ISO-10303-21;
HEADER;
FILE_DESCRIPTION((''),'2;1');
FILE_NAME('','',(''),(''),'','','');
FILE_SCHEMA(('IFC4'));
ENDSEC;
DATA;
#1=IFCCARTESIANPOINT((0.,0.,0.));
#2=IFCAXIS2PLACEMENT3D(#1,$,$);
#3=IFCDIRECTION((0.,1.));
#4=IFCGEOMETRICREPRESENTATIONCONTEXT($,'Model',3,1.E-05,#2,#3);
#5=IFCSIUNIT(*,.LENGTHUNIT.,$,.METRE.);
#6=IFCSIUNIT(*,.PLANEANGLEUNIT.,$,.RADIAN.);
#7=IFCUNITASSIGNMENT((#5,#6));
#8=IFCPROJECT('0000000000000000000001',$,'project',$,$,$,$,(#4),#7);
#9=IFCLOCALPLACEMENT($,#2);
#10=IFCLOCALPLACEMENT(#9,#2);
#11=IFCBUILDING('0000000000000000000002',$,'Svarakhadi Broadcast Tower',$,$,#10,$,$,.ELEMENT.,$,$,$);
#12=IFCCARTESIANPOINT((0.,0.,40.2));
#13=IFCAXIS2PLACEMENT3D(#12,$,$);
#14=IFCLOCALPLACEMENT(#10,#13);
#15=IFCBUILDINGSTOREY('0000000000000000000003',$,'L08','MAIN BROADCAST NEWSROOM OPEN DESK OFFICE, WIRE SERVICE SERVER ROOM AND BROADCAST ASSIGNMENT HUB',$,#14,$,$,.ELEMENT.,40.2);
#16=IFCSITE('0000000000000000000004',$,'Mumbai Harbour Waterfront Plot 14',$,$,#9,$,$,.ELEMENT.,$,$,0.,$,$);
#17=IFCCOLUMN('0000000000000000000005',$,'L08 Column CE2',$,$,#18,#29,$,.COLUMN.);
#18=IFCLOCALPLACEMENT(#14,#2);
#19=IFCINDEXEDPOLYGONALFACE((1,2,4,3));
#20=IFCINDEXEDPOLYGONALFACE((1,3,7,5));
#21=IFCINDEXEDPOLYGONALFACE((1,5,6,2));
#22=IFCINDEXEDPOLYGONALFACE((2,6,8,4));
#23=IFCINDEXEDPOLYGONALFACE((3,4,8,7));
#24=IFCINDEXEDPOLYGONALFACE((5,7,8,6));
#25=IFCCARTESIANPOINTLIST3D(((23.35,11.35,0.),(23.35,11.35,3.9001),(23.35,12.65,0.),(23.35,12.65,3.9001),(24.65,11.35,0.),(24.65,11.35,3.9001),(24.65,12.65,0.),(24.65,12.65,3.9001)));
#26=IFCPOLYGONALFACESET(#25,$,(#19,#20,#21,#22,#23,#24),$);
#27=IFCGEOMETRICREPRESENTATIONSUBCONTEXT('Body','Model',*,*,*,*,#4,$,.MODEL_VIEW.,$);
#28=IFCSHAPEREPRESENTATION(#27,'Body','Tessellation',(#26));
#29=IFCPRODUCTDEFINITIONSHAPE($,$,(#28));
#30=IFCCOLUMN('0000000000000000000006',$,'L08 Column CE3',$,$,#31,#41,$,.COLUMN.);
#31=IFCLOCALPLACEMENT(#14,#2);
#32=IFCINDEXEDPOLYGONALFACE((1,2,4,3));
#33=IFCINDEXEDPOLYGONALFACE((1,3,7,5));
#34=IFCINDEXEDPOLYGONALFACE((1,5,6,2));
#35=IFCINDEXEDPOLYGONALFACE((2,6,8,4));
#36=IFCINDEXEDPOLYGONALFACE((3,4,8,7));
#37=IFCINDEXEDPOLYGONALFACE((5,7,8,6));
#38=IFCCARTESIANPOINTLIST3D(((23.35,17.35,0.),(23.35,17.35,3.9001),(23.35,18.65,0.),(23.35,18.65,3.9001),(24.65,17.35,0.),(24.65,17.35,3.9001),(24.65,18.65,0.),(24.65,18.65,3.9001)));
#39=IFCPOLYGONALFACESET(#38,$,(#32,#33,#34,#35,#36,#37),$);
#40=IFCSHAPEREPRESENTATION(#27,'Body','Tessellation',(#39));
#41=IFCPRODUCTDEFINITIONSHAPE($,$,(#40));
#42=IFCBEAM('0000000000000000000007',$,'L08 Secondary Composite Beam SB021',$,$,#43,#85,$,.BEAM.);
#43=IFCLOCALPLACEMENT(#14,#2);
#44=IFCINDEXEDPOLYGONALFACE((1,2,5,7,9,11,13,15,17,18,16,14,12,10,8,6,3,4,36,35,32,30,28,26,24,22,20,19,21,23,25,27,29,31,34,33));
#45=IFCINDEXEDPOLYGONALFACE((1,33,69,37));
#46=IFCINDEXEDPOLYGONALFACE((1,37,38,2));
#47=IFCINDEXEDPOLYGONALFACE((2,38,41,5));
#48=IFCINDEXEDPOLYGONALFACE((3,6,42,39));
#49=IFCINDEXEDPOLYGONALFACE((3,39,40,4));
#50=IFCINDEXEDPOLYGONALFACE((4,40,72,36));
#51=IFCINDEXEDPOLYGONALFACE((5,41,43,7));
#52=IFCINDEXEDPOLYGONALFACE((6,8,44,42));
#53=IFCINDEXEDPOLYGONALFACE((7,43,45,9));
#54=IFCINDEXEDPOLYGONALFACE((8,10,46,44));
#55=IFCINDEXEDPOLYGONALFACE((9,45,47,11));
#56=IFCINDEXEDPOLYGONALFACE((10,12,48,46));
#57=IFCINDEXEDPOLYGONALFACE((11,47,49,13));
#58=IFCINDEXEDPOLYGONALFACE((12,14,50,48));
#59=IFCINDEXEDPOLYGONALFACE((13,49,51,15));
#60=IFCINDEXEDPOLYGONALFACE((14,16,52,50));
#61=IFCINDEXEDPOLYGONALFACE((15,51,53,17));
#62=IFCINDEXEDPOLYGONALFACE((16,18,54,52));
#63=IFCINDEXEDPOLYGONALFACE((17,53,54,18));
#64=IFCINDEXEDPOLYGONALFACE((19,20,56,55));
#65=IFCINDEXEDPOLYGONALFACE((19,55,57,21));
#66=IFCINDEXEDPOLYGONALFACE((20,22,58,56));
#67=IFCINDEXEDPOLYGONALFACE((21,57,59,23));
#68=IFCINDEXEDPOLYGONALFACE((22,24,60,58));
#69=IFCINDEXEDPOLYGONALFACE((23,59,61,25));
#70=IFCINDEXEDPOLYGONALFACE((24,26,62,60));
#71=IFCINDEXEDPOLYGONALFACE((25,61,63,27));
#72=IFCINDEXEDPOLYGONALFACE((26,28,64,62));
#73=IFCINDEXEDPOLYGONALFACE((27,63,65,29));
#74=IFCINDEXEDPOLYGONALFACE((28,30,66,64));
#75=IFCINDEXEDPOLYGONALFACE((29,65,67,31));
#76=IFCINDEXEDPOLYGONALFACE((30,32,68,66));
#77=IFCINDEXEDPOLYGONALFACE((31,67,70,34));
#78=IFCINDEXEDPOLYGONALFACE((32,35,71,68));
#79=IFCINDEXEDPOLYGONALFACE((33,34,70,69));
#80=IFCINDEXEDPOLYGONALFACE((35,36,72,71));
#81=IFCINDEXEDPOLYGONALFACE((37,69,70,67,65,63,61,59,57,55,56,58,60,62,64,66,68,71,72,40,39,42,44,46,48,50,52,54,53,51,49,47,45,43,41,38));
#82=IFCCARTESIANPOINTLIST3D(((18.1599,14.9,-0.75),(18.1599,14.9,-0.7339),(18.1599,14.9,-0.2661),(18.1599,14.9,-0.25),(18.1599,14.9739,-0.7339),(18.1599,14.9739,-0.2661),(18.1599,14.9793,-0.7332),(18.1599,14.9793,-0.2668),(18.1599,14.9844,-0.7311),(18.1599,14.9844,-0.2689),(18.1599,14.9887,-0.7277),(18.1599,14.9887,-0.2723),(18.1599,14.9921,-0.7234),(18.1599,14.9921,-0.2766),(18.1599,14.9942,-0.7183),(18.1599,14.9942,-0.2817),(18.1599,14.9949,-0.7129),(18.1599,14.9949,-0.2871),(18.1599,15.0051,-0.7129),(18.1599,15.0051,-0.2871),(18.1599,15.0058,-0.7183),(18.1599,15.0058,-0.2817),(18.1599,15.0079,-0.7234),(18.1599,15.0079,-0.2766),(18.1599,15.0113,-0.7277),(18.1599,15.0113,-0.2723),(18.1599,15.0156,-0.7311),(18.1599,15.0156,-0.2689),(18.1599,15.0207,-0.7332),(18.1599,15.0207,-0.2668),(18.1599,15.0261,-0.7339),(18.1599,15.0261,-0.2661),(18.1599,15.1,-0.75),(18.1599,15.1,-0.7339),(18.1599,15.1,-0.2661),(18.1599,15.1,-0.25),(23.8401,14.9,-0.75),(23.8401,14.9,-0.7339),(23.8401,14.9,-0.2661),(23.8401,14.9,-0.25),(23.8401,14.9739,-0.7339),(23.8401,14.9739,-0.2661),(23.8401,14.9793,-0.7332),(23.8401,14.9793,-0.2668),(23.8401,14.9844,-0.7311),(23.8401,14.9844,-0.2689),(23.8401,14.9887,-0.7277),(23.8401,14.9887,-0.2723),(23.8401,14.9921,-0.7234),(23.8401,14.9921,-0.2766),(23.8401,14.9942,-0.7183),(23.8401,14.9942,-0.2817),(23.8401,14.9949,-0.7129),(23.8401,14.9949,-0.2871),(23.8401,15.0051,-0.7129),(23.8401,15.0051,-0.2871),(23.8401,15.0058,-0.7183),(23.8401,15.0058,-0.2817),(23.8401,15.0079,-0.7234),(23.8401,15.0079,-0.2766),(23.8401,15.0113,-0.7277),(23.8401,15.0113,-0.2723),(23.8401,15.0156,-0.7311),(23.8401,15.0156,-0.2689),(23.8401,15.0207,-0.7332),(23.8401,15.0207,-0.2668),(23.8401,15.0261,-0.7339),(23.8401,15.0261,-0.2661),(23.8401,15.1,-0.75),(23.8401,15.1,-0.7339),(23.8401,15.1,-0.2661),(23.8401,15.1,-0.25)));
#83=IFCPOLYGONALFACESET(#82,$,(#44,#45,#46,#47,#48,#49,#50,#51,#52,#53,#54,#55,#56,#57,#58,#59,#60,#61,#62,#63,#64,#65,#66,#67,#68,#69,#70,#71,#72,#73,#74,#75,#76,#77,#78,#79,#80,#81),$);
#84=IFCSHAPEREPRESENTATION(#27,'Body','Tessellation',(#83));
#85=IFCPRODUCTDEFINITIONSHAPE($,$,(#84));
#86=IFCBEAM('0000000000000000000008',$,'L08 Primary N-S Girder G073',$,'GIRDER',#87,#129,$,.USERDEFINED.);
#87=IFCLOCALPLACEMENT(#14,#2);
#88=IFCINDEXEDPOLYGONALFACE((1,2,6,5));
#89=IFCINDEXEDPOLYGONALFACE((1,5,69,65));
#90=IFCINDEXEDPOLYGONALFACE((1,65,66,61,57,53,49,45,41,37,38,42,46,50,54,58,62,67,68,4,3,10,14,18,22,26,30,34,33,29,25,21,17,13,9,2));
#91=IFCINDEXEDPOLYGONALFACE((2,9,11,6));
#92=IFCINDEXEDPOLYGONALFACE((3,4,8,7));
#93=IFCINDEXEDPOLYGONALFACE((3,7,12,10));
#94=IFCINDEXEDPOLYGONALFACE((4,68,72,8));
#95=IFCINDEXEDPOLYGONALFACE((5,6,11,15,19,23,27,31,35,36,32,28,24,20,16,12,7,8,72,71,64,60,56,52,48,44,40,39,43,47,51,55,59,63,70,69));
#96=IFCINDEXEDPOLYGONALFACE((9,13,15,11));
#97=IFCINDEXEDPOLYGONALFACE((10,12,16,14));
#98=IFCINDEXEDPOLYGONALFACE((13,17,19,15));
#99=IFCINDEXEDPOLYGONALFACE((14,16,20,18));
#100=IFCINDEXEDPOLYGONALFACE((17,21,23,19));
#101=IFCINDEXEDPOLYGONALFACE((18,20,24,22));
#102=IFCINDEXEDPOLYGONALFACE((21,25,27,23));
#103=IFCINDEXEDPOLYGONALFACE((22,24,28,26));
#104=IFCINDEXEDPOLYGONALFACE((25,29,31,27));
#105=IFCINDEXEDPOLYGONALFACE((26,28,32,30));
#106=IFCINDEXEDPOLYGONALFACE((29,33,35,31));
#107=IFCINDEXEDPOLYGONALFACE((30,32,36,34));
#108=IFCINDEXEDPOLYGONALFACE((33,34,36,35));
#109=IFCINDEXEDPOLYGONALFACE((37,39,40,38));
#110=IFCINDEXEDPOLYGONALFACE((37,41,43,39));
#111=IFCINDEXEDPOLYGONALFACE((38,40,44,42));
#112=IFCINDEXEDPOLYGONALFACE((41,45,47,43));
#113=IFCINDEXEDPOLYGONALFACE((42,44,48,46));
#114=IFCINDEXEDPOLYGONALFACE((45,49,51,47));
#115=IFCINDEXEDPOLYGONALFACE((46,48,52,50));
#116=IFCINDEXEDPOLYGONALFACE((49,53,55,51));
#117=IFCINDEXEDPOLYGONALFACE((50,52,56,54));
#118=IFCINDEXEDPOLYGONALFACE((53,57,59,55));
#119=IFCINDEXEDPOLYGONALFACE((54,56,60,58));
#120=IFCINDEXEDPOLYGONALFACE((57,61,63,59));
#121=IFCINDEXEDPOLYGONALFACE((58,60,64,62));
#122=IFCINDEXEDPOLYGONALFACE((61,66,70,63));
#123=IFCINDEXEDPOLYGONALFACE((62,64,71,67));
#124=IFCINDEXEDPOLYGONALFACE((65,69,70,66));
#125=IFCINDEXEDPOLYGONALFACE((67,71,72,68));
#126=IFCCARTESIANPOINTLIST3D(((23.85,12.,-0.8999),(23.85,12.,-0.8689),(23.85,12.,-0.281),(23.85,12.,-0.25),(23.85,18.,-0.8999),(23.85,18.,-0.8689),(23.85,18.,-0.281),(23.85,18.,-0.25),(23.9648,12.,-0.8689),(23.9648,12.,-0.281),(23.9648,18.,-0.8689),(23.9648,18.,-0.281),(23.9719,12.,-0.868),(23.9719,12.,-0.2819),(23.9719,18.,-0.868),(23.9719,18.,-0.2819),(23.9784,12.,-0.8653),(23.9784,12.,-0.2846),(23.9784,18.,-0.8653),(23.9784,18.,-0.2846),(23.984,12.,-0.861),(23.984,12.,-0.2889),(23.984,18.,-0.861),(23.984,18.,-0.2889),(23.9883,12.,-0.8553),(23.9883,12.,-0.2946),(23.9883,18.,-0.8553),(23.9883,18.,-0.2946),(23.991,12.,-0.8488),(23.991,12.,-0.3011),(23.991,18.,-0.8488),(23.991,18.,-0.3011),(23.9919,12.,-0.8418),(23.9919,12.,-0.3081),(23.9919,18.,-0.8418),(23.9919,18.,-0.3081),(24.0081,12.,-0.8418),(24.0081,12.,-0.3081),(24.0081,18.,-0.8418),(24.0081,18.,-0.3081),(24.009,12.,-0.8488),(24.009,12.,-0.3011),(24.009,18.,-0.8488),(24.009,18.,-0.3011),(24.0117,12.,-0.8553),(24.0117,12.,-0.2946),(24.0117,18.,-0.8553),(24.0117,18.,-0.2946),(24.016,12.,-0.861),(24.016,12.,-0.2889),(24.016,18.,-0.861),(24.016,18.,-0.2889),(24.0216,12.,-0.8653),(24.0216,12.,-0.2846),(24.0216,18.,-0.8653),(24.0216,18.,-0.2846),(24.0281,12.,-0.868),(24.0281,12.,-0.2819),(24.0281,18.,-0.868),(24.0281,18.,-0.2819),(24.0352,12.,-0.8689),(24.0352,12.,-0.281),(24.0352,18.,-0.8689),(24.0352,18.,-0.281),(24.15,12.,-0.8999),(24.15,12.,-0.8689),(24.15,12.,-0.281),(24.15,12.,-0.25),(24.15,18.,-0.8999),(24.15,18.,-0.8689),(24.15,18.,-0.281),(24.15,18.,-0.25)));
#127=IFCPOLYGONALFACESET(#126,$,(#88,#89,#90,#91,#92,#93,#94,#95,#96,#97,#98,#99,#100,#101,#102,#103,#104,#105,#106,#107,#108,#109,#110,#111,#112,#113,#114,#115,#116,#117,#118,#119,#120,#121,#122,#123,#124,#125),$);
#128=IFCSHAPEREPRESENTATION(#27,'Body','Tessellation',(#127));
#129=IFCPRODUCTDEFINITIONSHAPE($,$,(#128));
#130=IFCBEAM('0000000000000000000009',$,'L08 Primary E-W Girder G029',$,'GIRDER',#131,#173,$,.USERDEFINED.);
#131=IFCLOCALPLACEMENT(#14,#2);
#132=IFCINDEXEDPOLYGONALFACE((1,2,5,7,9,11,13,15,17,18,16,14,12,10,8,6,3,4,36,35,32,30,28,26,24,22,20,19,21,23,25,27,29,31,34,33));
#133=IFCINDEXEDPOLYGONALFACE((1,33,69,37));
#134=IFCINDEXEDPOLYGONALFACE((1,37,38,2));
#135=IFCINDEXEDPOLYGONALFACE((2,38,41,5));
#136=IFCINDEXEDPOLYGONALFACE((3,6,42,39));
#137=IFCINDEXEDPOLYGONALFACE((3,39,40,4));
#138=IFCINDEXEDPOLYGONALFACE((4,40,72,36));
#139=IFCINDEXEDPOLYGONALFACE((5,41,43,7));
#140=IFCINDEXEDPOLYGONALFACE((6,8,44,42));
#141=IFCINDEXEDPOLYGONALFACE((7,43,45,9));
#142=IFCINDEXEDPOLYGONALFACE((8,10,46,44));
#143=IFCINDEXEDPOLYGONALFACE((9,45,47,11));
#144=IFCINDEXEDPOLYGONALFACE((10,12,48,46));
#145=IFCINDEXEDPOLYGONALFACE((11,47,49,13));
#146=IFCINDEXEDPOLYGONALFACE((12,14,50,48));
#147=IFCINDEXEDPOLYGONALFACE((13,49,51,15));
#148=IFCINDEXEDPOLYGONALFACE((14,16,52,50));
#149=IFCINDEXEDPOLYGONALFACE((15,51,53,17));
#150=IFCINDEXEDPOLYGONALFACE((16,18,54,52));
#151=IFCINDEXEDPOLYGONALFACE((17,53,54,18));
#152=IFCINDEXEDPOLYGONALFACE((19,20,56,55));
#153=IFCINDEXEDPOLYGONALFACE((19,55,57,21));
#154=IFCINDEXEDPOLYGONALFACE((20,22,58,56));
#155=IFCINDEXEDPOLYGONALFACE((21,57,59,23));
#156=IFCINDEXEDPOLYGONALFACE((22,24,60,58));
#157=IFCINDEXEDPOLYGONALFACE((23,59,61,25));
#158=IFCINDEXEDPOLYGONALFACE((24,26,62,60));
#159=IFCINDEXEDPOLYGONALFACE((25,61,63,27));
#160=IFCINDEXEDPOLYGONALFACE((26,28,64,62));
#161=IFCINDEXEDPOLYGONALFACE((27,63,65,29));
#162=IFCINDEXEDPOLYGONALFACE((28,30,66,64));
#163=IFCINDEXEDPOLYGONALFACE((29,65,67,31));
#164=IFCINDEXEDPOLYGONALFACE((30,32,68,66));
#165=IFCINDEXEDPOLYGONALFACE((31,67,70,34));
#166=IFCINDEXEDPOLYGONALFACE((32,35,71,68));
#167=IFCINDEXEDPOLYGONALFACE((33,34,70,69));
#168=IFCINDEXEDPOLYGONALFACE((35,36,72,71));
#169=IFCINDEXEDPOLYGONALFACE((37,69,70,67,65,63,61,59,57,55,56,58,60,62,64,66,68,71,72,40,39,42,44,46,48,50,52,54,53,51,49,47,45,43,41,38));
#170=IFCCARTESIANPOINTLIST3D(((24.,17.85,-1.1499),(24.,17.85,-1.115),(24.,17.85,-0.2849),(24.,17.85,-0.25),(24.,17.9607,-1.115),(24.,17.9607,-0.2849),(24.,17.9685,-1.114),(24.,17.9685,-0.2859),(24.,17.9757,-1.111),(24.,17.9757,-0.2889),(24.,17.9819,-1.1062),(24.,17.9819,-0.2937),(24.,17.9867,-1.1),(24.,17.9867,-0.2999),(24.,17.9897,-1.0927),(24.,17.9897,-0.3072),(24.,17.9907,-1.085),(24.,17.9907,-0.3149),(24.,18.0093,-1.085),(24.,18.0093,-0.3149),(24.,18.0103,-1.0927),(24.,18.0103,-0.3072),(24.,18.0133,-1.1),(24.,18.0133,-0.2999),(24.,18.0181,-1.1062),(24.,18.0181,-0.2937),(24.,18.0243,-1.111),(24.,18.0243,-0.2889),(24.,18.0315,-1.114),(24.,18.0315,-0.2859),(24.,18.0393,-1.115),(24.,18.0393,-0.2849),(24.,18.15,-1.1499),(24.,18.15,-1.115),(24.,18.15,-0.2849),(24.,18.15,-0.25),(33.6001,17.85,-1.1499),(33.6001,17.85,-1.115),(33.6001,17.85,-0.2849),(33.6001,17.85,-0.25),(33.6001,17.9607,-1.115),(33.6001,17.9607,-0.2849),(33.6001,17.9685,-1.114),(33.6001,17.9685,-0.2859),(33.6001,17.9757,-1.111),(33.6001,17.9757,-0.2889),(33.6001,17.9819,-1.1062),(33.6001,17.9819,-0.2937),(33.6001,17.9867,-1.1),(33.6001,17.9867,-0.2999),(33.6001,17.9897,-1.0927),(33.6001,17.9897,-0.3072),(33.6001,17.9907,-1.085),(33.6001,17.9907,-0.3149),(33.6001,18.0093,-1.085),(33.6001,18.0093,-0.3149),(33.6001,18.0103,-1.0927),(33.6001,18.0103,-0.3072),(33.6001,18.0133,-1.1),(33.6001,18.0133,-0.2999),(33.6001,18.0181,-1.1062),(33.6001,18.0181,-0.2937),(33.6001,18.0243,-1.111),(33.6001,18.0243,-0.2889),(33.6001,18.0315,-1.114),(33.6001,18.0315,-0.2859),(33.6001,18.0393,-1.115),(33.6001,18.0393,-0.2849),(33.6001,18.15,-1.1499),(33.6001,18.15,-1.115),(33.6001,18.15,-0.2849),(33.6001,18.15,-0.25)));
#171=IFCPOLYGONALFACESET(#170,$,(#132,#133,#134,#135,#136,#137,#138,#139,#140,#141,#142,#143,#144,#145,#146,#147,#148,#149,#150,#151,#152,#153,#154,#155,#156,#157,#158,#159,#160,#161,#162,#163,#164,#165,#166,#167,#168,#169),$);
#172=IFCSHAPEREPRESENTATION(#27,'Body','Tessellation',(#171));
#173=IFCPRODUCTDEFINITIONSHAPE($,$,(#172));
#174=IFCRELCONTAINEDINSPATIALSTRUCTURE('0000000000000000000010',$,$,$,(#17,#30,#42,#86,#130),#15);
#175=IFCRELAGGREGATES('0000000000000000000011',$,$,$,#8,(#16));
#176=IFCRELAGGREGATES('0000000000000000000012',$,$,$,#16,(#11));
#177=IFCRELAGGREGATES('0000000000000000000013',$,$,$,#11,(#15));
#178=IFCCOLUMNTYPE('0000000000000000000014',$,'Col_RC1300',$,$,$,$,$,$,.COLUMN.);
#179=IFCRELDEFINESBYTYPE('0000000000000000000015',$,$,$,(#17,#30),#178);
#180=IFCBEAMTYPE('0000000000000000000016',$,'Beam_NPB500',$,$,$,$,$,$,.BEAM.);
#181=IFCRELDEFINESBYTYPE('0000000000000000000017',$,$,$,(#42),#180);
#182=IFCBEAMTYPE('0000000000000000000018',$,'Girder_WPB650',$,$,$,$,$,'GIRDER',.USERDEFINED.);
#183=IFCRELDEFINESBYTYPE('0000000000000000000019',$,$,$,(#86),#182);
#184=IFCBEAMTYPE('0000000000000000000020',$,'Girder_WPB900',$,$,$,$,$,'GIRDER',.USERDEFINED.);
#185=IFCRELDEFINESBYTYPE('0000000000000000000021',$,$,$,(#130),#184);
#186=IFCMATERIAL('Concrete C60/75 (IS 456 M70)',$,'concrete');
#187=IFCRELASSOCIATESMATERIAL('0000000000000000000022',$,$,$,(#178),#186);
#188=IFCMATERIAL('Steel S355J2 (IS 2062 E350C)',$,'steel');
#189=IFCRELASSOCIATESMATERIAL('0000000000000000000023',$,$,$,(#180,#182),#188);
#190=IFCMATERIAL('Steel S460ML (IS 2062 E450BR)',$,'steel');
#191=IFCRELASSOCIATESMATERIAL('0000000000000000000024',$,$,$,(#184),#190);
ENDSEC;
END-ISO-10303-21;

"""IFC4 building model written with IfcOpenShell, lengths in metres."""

from ifc_helpers import new_model, si_unit, direction, frame, origin, origin_2d, place, context, subcontext, project, spatial, rectangle, i_section, extrude, material, material_profile, profile_set, type_object, element, save


model = new_model("IFC4")

# Units and contexts
model_context = context("Model", 3, precision=1e-05, world=origin(), true_north=direction((0.0, 1.0)))
body_context = subcontext(model_context, "Body", "Model", "MODEL_VIEW")
ifc_project = project(units=[si_unit("LENGTHUNIT", "METRE"), si_unit("PLANEANGLEUNIT", "RADIAN")], contexts=[model_context])

# Site, building, storey
site_placement = place(None, origin())
site = spatial("IfcSite", under=ifc_project, at=site_placement, Name="Mumbai Harbour Waterfront Plot 14", CompositionType="ELEMENT", RefElevation=0.0)
building_placement = place(site_placement, origin())
building = spatial("IfcBuilding", under=site, at=building_placement, Name="Svarakhadi Broadcast Tower", CompositionType="ELEMENT")
storey_placement = place(building_placement, frame((0.0, 0.0, 40.2)))
storey = spatial("IfcBuildingStorey", under=building, at=storey_placement, Name="L08", Description="MAIN BROADCAST NEWSROOM OPEN DESK OFFICE, WIRE SERVICE SERVER ROOM AND BROADCAST ASSIGNMENT HUB", CompositionType="ELEMENT", Elevation=40.2)

# Columns
ifc_material_1 = material(Name="Concrete C60/75 (IS 456 M70)", Category="concrete")
ifc_material_profile_1 = material_profile(ifc_material_1, rectangle(XDim=1.3, YDim=1.3, at=origin_2d()), Name="RC 1300x1300")
ifc_profile_set_1 = profile_set([ifc_material_profile_1], Name="Concrete C60/75 (IS 456 M70)")
column_type = type_object("IfcColumnType", Name="Col_RC1300", PredefinedType="COLUMN", material=ifc_profile_set_1)
for number, where, z_axis, x_axis, name in (
    (1, (24.0, 12.0, 0.0), (0.0, 0.0, 1.0), (1.0, 0.0, 0.0), "L08 Column CE2"),
    (2, (24.0, 18.0, 0.0), (0.0, 0.0, 1.0), (1.0, 0.0, 0.0), "L08 Column CE3"),
):
    element("IfcColumn", number, at=place(storey_placement, frame(where, z_axis=z_axis, x_axis=x_axis)), inside=storey, type_object=column_type, Name=name, PredefinedType="COLUMN", context=body_context, shape_type="SweptSolid", body=[
        extrude(rectangle(XDim=1.3, YDim=1.3, at=origin_2d()), origin(), (0.0, 0.0, 1.0), 3.9001),
    ])

# Beams
ifc_material_2 = material(Name="Steel S355J2 (IS 2062 E350C)", Category="steel")
ifc_material_profile_2 = material_profile(ifc_material_2, i_section(OverallWidth=0.2, OverallDepth=0.5, WebThickness=0.0103, FlangeThickness=0.0161, FilletRadius=0.021, at=origin_2d()), Name="NPB 500x200x91")
ifc_profile_set_2 = profile_set([ifc_material_profile_2], Name="Steel S355J2 (IS 2062 E350C)")
beam_type_1 = type_object("IfcBeamType", Name="Beam_NPB500", PredefinedType="BEAM", material=ifc_profile_set_2)
beam_1_placement = place(storey_placement, frame((18.1599, 15.0, -0.5), z_axis=(1.0, 0.0, 0.0), x_axis=(0.0, 1.0, 0.0)))
element("IfcBeam", 3, at=beam_1_placement, inside=storey, type_object=beam_type_1, Name="L08 Secondary Composite Beam SB021", PredefinedType="BEAM", context=body_context, shape_type="SweptSolid", body=[
    extrude(i_section(OverallWidth=0.2, OverallDepth=0.5, WebThickness=0.0103, FlangeThickness=0.0161, FilletRadius=0.021, at=origin_2d()), origin(), (0.0, 0.0, 1.0), 5.6802),
])
ifc_material_profile_3 = material_profile(ifc_material_2, i_section(OverallWidth=0.3, OverallDepth=0.6499, WebThickness=0.0161, FlangeThickness=0.031, FilletRadius=0.0271, at=origin_2d()), Name="WPB 650x300x225")
ifc_profile_set_3 = profile_set([ifc_material_profile_3], Name="Steel S355J2 (IS 2062 E350C)")
beam_type_2 = type_object("IfcBeamType", Name="Girder_WPB650", ElementType="GIRDER", PredefinedType="USERDEFINED", material=ifc_profile_set_3)
beam_2_placement = place(storey_placement, frame((24.0, 12.0, -0.575), z_axis=(0.0, 1.0, 0.0), x_axis=(-1.0, 0.0, 0.0)))
element("IfcBeam", 4, at=beam_2_placement, inside=storey, type_object=beam_type_2, Name="L08 Primary N-S Girder G073", ObjectType="GIRDER", PredefinedType="USERDEFINED", context=body_context, shape_type="SweptSolid", body=[
    extrude(i_section(OverallWidth=0.3, OverallDepth=0.6499, WebThickness=0.0161, FlangeThickness=0.031, FilletRadius=0.0271, at=origin_2d()), origin(), (0.0, 0.0, 1.0), 6.0),
])
ifc_material_3 = material(Name="Steel S460ML (IS 2062 E450BR)", Category="steel")
ifc_material_profile_4 = material_profile(ifc_material_3, i_section(OverallWidth=0.3, OverallDepth=0.8999, WebThickness=0.0186, FlangeThickness=0.0349, FilletRadius=0.03, at=origin_2d()), Name="WPB 900x300x291")
ifc_profile_set_4 = profile_set([ifc_material_profile_4], Name="Steel S460ML (IS 2062 E450BR)")
beam_type_3 = type_object("IfcBeamType", Name="Girder_WPB900", ElementType="GIRDER", PredefinedType="USERDEFINED", material=ifc_profile_set_4)
beam_3_placement = place(storey_placement, frame((24.0, 18.0, -0.7), z_axis=(1.0, 0.0, 0.0), x_axis=(0.0, 1.0, 0.0)))
element("IfcBeam", 5, at=beam_3_placement, inside=storey, type_object=beam_type_3, Name="L08 Primary E-W Girder G029", ObjectType="GIRDER", PredefinedType="USERDEFINED", context=body_context, shape_type="SweptSolid", body=[
    extrude(i_section(OverallWidth=0.3, OverallDepth=0.8999, WebThickness=0.0186, FlangeThickness=0.0349, FilletRadius=0.03, at=origin_2d()), origin(), (0.0, 0.0, 1.0), 9.6001),
])

save(model, "model.ifc")
